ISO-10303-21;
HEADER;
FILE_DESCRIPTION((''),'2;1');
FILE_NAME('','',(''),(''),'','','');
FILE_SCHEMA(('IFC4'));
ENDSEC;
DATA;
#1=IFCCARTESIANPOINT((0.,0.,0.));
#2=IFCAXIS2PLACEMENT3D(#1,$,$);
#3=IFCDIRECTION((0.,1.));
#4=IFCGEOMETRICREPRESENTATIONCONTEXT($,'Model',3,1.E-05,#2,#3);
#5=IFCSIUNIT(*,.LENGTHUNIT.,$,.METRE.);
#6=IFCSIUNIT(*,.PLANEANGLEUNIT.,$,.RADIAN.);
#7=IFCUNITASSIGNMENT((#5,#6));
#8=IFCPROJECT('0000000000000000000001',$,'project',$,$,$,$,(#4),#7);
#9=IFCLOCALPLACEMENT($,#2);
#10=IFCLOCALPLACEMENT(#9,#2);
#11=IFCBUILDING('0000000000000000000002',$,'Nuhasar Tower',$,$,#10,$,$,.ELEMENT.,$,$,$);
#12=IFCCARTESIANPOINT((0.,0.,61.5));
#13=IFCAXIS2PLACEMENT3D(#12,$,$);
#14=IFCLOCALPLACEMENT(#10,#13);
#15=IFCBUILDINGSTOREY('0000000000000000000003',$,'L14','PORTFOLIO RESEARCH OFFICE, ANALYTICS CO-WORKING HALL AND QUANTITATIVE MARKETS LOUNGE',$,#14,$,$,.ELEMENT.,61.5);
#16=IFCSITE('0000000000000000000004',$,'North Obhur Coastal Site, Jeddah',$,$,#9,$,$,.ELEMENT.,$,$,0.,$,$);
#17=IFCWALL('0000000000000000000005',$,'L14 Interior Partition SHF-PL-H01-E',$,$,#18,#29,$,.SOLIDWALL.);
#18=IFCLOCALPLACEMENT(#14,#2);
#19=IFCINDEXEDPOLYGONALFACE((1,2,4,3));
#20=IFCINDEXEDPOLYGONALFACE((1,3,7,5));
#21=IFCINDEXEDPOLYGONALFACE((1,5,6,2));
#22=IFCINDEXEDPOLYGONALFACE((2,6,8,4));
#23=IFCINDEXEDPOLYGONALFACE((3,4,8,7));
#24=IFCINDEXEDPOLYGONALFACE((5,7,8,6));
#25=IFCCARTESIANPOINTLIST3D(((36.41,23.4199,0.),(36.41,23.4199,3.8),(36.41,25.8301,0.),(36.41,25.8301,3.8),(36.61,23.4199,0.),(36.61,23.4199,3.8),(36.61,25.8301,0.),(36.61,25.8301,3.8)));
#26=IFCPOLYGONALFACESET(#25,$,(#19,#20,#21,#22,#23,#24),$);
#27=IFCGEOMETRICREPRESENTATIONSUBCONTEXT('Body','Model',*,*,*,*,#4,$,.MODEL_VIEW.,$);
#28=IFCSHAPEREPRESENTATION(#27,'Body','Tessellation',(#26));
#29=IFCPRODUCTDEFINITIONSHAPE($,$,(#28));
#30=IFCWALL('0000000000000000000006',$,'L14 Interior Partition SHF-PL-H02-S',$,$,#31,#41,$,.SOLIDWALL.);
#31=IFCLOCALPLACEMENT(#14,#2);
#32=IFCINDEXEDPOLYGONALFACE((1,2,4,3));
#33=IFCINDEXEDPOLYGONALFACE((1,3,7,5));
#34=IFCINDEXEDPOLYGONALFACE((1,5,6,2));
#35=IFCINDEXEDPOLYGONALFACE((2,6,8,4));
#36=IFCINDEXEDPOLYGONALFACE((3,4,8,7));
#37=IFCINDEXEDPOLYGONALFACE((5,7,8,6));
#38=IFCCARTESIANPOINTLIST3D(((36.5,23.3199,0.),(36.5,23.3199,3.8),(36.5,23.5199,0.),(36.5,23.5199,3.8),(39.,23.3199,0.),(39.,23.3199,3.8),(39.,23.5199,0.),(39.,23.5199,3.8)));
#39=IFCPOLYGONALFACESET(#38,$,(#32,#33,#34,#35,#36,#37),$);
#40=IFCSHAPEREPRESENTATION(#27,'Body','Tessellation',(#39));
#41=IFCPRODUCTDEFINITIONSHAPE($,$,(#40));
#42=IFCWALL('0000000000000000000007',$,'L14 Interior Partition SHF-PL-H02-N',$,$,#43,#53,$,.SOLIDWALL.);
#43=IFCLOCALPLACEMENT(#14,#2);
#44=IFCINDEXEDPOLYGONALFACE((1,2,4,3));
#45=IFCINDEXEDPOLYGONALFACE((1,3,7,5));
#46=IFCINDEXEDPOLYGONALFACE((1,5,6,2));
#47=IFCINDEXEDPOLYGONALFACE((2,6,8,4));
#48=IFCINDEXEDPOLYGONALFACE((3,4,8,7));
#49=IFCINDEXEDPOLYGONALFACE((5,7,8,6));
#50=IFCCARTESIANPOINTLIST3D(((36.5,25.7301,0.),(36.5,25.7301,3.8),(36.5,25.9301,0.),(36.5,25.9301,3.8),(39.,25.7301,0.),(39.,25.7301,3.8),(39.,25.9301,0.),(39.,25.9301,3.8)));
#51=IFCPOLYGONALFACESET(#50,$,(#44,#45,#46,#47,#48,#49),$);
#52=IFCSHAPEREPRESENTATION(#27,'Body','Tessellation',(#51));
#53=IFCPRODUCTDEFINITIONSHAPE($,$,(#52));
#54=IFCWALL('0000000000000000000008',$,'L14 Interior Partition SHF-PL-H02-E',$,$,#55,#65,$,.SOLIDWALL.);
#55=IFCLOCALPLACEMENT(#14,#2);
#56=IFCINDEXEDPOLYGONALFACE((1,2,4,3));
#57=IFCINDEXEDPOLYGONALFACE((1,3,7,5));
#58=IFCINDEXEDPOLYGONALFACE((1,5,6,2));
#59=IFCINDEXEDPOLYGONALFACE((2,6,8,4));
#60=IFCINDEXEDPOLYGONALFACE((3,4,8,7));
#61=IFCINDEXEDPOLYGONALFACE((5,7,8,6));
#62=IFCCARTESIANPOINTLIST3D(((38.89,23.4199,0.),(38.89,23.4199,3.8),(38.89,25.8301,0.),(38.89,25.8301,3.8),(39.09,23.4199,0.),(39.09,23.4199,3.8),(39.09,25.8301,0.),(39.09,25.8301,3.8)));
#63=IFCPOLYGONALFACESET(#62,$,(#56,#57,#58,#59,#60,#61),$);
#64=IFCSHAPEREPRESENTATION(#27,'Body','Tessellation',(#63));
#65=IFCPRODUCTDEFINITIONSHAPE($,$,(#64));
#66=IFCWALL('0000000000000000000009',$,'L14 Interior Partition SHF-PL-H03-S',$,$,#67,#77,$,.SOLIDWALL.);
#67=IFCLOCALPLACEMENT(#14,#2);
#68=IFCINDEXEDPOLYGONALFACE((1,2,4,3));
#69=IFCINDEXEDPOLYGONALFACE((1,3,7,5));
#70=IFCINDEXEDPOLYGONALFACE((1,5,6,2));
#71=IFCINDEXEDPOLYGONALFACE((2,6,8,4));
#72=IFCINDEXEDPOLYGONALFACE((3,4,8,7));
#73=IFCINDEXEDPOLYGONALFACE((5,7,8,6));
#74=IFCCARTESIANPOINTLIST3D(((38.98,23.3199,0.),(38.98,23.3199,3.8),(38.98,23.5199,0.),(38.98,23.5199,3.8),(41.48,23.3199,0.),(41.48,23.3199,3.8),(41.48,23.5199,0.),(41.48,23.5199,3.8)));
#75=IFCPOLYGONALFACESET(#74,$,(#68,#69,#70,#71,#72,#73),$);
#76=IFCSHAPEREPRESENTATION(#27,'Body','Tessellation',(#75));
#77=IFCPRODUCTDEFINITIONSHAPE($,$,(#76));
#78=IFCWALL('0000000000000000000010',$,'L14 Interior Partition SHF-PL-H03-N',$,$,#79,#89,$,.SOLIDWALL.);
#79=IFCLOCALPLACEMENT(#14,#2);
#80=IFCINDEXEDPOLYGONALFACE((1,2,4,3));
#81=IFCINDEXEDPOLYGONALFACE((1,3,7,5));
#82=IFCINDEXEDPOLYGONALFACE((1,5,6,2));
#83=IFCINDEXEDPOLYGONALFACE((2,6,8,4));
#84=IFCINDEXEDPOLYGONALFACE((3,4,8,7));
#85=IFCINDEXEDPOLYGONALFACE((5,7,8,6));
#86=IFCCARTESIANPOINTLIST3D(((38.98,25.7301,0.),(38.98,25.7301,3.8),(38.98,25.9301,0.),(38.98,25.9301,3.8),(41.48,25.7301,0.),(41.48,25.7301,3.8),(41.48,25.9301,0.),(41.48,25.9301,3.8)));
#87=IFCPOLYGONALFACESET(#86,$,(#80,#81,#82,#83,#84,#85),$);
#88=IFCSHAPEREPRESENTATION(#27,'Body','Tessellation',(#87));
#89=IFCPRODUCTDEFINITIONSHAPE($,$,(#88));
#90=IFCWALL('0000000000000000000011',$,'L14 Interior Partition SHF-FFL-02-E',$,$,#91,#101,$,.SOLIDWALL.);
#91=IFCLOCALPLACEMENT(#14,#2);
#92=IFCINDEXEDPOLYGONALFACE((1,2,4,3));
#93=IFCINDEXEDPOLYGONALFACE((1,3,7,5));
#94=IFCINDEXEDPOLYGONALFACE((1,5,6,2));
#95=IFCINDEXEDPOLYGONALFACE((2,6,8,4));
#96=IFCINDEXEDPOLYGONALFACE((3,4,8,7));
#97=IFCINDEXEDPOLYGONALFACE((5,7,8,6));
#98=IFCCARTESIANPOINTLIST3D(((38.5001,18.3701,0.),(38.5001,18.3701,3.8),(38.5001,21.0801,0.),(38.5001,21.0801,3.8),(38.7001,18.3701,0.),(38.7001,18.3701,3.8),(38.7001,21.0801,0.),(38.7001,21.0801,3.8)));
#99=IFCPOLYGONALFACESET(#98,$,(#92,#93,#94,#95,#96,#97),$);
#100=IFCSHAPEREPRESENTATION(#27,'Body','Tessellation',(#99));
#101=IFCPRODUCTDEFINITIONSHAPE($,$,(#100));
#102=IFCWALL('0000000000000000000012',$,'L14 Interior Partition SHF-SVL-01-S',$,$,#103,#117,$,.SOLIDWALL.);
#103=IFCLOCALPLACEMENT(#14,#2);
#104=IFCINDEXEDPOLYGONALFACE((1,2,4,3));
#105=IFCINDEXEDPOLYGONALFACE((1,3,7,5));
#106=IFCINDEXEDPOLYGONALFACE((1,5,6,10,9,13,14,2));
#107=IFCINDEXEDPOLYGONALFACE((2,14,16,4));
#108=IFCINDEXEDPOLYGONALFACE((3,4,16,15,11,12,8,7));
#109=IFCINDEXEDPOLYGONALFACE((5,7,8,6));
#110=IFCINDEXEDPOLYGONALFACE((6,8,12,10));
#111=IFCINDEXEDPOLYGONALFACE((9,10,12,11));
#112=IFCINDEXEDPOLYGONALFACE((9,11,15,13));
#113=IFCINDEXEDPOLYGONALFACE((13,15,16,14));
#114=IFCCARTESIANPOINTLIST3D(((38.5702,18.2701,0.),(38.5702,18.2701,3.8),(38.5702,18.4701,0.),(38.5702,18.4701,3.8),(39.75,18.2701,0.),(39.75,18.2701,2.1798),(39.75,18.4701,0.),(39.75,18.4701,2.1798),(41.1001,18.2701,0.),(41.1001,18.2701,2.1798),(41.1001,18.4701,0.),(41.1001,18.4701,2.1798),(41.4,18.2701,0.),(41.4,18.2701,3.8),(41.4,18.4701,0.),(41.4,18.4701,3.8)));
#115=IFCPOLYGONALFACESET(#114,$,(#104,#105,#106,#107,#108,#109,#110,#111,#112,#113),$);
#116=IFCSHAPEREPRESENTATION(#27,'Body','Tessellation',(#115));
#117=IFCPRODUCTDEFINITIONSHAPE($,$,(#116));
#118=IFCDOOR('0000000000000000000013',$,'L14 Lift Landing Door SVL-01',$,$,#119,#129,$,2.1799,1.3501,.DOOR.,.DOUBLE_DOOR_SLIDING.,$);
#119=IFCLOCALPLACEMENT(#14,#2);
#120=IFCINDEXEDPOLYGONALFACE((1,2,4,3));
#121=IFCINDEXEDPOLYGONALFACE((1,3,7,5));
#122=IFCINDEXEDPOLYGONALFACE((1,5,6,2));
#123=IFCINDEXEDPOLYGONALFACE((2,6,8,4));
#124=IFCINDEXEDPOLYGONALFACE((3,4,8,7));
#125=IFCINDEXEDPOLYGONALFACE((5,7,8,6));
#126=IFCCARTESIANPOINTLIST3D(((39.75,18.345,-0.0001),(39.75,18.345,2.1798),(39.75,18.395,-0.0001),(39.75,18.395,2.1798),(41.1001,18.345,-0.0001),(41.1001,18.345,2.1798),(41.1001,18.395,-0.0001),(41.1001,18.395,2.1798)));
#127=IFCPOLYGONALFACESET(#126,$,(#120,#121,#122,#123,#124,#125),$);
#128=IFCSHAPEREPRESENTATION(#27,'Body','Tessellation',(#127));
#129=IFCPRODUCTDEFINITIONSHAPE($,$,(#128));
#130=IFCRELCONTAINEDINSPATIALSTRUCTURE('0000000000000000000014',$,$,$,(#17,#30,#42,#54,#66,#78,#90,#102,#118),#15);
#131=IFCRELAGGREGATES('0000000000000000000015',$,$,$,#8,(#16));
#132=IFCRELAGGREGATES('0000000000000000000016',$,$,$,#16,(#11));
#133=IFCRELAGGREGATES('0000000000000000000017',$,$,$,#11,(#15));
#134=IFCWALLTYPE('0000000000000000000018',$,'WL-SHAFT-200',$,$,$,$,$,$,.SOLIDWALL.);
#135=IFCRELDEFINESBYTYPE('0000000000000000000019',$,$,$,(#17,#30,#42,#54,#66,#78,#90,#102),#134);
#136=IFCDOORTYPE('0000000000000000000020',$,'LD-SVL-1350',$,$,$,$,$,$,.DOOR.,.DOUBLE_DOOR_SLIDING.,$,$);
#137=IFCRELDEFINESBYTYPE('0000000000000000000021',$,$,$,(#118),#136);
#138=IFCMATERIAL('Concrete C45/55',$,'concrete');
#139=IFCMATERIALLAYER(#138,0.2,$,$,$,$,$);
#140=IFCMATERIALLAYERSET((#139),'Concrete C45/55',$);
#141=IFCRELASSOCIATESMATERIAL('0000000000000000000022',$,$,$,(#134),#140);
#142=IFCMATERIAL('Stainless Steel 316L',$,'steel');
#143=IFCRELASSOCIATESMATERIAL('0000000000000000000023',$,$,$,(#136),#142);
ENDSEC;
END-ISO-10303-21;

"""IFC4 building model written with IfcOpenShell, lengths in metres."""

from ifc_helpers import new_model, si_unit, direction, frame, frame_2d, origin, place, context, subcontext, project, spatial, rectangle, extrude, material, layer, layer_set, type_object, element, fill, save


model = new_model("IFC4")

# Units and contexts
model_context = context("Model", 3, precision=1e-05, world=origin(), true_north=direction((0.0, 1.0)))
body_context = subcontext(model_context, "Body", "Model", "MODEL_VIEW")
ifc_project = project(units=[si_unit("LENGTHUNIT", "METRE"), si_unit("PLANEANGLEUNIT", "RADIAN")], contexts=[model_context])

# Site, building, storey
site_placement = place(None, origin())
site = spatial("IfcSite", under=ifc_project, at=site_placement, Name="North Obhur Coastal Site, Jeddah", CompositionType="ELEMENT", RefElevation=0.0)
building_placement = place(site_placement, origin())
building = spatial("IfcBuilding", under=site, at=building_placement, Name="Nuhasar Tower", CompositionType="ELEMENT")
storey_placement = place(building_placement, frame((0.0, 0.0, 61.5)))
storey = spatial("IfcBuildingStorey", under=building, at=storey_placement, Name="L14", Description="PORTFOLIO RESEARCH OFFICE, ANALYTICS CO-WORKING HALL AND QUANTITATIVE MARKETS LOUNGE", CompositionType="ELEMENT", Elevation=61.5)

# Shared definitions
ifc_material_1 = material(Name="Concrete C45/55", Category="concrete")
ifc_layer_1 = layer(ifc_material_1, 0.2)
ifc_layer_set_1 = layer_set([ifc_layer_1], Name="Concrete C45/55")
wall_type_1 = type_object("IfcWallType", Name="WL-SHAFT-200", PredefinedType="SOLIDWALL", material=ifc_layer_set_1)
ifc_material_2 = material(Name="Stainless Steel 316L", Category="steel")

# Walls
for number, where, z_axis, x_axis, name in (
    (1, (36.51, 23.4199, 0.0), (0.0, 0.0, 1.0), (0.0, 1.0, 0.0), "L14 Interior Partition SHF-PL-H01-E"),
):
    element("IfcWall", number, at=place(storey_placement, frame(where, z_axis=z_axis, x_axis=x_axis)), inside=storey, type_object=wall_type_1, Name=name, PredefinedType="SOLIDWALL", context=body_context, shape_type="SweptSolid", body=[
        extrude(rectangle(XDim=2.4102, YDim=0.2, at=frame_2d((1.2051, 0.0))), origin(), (0.0, 0.0, 1.0), 3.8),
    ])
for number, where, z_axis, x_axis, name in (
    (2, (36.5, 23.4199, 0.0), (0.0, 0.0, 1.0), (1.0, 0.0, 0.0), "L14 Interior Partition SHF-PL-H02-S"),
    (3, (36.5, 25.8301, 0.0), (0.0, 0.0, 1.0), (1.0, 0.0, 0.0), "L14 Interior Partition SHF-PL-H02-N"),
):
    element("IfcWall", number, at=place(storey_placement, frame(where, z_axis=z_axis, x_axis=x_axis)), inside=storey, type_object=wall_type_1, Name=name, PredefinedType="SOLIDWALL", context=body_context, shape_type="SweptSolid", body=[
        extrude(rectangle(XDim=2.5, YDim=0.2, at=frame_2d((1.25, 0.0))), origin(), (0.0, 0.0, 1.0), 3.8),
    ])
wall_1_placement = place(storey_placement, frame((38.99, 23.4199, 0.0), z_axis=(0.0, 0.0, 1.0), x_axis=(0.0, 1.0, 0.0)))
element("IfcWall", 4, at=wall_1_placement, inside=storey, type_object=wall_type_1, Name="L14 Interior Partition SHF-PL-H02-E", PredefinedType="SOLIDWALL", context=body_context, shape_type="SweptSolid", body=[
    extrude(rectangle(XDim=2.4102, YDim=0.2, at=frame_2d((1.2051, 0.0))), origin(), (0.0, 0.0, 1.0), 3.8),
])
for number, where, z_axis, x_axis, name in (
    (5, (38.98, 23.4199, 0.0), (0.0, 0.0, 1.0), (1.0, 0.0, 0.0), "L14 Interior Partition SHF-PL-H03-S"),
    (6, (38.98, 25.8301, 0.0), (0.0, 0.0, 1.0), (1.0, 0.0, 0.0), "L14 Interior Partition SHF-PL-H03-N"),
):
    element("IfcWall", number, at=place(storey_placement, frame(where, z_axis=z_axis, x_axis=x_axis)), inside=storey, type_object=wall_type_1, Name=name, PredefinedType="SOLIDWALL", context=body_context, shape_type="SweptSolid", body=[
        extrude(rectangle(XDim=2.5, YDim=0.2, at=frame_2d((1.25, 0.0))), origin(), (0.0, 0.0, 1.0), 3.8),
    ])
wall_2_placement = place(storey_placement, frame((38.6001, 18.3701, 0.0), z_axis=(0.0, 0.0, 1.0), x_axis=(0.0, 1.0, 0.0)))
element("IfcWall", 7, at=wall_2_placement, inside=storey, type_object=wall_type_1, Name="L14 Interior Partition SHF-FFL-02-E", PredefinedType="SOLIDWALL", context=body_context, shape_type="SweptSolid", body=[
    extrude(rectangle(XDim=2.71, YDim=0.2, at=frame_2d((1.355, 0.0))), origin(), (0.0, 0.0, 1.0), 3.8),
])

# Wall, opening, door
wall_3_placement = place(storey_placement, frame((38.5701, 18.3701, 0.0), z_axis=(0.0, 0.0, 1.0), x_axis=(1.0, 0.0, 0.0)))
wall_3 = element("IfcWall", 8, at=wall_3_placement, inside=storey, type_object=wall_type_1, Name="L14 Interior Partition SHF-SVL-01-S", PredefinedType="SOLIDWALL", context=body_context, shape_type="SweptSolid", body=[
    extrude(rectangle(XDim=2.8298, YDim=0.2, at=frame_2d((1.415, 0.0))), origin(), (0.0, 0.0, 1.0), 3.8),
])
opening_1_placement = place(wall_3_placement, frame((1.1799, 0.0, 0.0)))
opening_1 = element("IfcOpeningElement", 9, at=opening_1_placement, cuts=wall_3, PredefinedType="OPENING", context=body_context, shape_type="SweptSolid", body=[
    extrude(rectangle(XDim=1.3501, YDim=2.1799, at=frame_2d((0.675, 1.0898))), frame((0.0, 0.1099, 0.0), z_axis=(0.0, -1.0, 0.0), x_axis=(1.0, 0.0, 0.0)), (0.0, 0.0, 1.0), 0.22),
])
door_type_1 = type_object("IfcDoorType", Name="LD-SVL-1350", OperationType="DOUBLE_DOOR_SLIDING", PredefinedType="DOOR", material=ifc_material_2)
door_1_placement = place(opening_1_placement, origin())
door_1 = element("IfcDoor", 10, at=door_1_placement, inside=storey, type_object=door_type_1, Name="L14 Lift Landing Door SVL-01", OperationType="DOUBLE_DOOR_SLIDING", OverallHeight=2.1799, OverallWidth=1.3501, PredefinedType="DOOR", context=body_context, shape_type="SweptSolid", body=[
    extrude(rectangle(XDim=1.3501, YDim=2.1799, at=frame_2d((0.675, 1.0898))), frame((0.0, 0.0249, 0.0), z_axis=(0.0, -1.0, 0.0), x_axis=(1.0, 0.0, 0.0)), (0.0, 0.0, 1.0), 0.05),
])
fill(opening_1, door_1)

save(model, "model.ifc")
